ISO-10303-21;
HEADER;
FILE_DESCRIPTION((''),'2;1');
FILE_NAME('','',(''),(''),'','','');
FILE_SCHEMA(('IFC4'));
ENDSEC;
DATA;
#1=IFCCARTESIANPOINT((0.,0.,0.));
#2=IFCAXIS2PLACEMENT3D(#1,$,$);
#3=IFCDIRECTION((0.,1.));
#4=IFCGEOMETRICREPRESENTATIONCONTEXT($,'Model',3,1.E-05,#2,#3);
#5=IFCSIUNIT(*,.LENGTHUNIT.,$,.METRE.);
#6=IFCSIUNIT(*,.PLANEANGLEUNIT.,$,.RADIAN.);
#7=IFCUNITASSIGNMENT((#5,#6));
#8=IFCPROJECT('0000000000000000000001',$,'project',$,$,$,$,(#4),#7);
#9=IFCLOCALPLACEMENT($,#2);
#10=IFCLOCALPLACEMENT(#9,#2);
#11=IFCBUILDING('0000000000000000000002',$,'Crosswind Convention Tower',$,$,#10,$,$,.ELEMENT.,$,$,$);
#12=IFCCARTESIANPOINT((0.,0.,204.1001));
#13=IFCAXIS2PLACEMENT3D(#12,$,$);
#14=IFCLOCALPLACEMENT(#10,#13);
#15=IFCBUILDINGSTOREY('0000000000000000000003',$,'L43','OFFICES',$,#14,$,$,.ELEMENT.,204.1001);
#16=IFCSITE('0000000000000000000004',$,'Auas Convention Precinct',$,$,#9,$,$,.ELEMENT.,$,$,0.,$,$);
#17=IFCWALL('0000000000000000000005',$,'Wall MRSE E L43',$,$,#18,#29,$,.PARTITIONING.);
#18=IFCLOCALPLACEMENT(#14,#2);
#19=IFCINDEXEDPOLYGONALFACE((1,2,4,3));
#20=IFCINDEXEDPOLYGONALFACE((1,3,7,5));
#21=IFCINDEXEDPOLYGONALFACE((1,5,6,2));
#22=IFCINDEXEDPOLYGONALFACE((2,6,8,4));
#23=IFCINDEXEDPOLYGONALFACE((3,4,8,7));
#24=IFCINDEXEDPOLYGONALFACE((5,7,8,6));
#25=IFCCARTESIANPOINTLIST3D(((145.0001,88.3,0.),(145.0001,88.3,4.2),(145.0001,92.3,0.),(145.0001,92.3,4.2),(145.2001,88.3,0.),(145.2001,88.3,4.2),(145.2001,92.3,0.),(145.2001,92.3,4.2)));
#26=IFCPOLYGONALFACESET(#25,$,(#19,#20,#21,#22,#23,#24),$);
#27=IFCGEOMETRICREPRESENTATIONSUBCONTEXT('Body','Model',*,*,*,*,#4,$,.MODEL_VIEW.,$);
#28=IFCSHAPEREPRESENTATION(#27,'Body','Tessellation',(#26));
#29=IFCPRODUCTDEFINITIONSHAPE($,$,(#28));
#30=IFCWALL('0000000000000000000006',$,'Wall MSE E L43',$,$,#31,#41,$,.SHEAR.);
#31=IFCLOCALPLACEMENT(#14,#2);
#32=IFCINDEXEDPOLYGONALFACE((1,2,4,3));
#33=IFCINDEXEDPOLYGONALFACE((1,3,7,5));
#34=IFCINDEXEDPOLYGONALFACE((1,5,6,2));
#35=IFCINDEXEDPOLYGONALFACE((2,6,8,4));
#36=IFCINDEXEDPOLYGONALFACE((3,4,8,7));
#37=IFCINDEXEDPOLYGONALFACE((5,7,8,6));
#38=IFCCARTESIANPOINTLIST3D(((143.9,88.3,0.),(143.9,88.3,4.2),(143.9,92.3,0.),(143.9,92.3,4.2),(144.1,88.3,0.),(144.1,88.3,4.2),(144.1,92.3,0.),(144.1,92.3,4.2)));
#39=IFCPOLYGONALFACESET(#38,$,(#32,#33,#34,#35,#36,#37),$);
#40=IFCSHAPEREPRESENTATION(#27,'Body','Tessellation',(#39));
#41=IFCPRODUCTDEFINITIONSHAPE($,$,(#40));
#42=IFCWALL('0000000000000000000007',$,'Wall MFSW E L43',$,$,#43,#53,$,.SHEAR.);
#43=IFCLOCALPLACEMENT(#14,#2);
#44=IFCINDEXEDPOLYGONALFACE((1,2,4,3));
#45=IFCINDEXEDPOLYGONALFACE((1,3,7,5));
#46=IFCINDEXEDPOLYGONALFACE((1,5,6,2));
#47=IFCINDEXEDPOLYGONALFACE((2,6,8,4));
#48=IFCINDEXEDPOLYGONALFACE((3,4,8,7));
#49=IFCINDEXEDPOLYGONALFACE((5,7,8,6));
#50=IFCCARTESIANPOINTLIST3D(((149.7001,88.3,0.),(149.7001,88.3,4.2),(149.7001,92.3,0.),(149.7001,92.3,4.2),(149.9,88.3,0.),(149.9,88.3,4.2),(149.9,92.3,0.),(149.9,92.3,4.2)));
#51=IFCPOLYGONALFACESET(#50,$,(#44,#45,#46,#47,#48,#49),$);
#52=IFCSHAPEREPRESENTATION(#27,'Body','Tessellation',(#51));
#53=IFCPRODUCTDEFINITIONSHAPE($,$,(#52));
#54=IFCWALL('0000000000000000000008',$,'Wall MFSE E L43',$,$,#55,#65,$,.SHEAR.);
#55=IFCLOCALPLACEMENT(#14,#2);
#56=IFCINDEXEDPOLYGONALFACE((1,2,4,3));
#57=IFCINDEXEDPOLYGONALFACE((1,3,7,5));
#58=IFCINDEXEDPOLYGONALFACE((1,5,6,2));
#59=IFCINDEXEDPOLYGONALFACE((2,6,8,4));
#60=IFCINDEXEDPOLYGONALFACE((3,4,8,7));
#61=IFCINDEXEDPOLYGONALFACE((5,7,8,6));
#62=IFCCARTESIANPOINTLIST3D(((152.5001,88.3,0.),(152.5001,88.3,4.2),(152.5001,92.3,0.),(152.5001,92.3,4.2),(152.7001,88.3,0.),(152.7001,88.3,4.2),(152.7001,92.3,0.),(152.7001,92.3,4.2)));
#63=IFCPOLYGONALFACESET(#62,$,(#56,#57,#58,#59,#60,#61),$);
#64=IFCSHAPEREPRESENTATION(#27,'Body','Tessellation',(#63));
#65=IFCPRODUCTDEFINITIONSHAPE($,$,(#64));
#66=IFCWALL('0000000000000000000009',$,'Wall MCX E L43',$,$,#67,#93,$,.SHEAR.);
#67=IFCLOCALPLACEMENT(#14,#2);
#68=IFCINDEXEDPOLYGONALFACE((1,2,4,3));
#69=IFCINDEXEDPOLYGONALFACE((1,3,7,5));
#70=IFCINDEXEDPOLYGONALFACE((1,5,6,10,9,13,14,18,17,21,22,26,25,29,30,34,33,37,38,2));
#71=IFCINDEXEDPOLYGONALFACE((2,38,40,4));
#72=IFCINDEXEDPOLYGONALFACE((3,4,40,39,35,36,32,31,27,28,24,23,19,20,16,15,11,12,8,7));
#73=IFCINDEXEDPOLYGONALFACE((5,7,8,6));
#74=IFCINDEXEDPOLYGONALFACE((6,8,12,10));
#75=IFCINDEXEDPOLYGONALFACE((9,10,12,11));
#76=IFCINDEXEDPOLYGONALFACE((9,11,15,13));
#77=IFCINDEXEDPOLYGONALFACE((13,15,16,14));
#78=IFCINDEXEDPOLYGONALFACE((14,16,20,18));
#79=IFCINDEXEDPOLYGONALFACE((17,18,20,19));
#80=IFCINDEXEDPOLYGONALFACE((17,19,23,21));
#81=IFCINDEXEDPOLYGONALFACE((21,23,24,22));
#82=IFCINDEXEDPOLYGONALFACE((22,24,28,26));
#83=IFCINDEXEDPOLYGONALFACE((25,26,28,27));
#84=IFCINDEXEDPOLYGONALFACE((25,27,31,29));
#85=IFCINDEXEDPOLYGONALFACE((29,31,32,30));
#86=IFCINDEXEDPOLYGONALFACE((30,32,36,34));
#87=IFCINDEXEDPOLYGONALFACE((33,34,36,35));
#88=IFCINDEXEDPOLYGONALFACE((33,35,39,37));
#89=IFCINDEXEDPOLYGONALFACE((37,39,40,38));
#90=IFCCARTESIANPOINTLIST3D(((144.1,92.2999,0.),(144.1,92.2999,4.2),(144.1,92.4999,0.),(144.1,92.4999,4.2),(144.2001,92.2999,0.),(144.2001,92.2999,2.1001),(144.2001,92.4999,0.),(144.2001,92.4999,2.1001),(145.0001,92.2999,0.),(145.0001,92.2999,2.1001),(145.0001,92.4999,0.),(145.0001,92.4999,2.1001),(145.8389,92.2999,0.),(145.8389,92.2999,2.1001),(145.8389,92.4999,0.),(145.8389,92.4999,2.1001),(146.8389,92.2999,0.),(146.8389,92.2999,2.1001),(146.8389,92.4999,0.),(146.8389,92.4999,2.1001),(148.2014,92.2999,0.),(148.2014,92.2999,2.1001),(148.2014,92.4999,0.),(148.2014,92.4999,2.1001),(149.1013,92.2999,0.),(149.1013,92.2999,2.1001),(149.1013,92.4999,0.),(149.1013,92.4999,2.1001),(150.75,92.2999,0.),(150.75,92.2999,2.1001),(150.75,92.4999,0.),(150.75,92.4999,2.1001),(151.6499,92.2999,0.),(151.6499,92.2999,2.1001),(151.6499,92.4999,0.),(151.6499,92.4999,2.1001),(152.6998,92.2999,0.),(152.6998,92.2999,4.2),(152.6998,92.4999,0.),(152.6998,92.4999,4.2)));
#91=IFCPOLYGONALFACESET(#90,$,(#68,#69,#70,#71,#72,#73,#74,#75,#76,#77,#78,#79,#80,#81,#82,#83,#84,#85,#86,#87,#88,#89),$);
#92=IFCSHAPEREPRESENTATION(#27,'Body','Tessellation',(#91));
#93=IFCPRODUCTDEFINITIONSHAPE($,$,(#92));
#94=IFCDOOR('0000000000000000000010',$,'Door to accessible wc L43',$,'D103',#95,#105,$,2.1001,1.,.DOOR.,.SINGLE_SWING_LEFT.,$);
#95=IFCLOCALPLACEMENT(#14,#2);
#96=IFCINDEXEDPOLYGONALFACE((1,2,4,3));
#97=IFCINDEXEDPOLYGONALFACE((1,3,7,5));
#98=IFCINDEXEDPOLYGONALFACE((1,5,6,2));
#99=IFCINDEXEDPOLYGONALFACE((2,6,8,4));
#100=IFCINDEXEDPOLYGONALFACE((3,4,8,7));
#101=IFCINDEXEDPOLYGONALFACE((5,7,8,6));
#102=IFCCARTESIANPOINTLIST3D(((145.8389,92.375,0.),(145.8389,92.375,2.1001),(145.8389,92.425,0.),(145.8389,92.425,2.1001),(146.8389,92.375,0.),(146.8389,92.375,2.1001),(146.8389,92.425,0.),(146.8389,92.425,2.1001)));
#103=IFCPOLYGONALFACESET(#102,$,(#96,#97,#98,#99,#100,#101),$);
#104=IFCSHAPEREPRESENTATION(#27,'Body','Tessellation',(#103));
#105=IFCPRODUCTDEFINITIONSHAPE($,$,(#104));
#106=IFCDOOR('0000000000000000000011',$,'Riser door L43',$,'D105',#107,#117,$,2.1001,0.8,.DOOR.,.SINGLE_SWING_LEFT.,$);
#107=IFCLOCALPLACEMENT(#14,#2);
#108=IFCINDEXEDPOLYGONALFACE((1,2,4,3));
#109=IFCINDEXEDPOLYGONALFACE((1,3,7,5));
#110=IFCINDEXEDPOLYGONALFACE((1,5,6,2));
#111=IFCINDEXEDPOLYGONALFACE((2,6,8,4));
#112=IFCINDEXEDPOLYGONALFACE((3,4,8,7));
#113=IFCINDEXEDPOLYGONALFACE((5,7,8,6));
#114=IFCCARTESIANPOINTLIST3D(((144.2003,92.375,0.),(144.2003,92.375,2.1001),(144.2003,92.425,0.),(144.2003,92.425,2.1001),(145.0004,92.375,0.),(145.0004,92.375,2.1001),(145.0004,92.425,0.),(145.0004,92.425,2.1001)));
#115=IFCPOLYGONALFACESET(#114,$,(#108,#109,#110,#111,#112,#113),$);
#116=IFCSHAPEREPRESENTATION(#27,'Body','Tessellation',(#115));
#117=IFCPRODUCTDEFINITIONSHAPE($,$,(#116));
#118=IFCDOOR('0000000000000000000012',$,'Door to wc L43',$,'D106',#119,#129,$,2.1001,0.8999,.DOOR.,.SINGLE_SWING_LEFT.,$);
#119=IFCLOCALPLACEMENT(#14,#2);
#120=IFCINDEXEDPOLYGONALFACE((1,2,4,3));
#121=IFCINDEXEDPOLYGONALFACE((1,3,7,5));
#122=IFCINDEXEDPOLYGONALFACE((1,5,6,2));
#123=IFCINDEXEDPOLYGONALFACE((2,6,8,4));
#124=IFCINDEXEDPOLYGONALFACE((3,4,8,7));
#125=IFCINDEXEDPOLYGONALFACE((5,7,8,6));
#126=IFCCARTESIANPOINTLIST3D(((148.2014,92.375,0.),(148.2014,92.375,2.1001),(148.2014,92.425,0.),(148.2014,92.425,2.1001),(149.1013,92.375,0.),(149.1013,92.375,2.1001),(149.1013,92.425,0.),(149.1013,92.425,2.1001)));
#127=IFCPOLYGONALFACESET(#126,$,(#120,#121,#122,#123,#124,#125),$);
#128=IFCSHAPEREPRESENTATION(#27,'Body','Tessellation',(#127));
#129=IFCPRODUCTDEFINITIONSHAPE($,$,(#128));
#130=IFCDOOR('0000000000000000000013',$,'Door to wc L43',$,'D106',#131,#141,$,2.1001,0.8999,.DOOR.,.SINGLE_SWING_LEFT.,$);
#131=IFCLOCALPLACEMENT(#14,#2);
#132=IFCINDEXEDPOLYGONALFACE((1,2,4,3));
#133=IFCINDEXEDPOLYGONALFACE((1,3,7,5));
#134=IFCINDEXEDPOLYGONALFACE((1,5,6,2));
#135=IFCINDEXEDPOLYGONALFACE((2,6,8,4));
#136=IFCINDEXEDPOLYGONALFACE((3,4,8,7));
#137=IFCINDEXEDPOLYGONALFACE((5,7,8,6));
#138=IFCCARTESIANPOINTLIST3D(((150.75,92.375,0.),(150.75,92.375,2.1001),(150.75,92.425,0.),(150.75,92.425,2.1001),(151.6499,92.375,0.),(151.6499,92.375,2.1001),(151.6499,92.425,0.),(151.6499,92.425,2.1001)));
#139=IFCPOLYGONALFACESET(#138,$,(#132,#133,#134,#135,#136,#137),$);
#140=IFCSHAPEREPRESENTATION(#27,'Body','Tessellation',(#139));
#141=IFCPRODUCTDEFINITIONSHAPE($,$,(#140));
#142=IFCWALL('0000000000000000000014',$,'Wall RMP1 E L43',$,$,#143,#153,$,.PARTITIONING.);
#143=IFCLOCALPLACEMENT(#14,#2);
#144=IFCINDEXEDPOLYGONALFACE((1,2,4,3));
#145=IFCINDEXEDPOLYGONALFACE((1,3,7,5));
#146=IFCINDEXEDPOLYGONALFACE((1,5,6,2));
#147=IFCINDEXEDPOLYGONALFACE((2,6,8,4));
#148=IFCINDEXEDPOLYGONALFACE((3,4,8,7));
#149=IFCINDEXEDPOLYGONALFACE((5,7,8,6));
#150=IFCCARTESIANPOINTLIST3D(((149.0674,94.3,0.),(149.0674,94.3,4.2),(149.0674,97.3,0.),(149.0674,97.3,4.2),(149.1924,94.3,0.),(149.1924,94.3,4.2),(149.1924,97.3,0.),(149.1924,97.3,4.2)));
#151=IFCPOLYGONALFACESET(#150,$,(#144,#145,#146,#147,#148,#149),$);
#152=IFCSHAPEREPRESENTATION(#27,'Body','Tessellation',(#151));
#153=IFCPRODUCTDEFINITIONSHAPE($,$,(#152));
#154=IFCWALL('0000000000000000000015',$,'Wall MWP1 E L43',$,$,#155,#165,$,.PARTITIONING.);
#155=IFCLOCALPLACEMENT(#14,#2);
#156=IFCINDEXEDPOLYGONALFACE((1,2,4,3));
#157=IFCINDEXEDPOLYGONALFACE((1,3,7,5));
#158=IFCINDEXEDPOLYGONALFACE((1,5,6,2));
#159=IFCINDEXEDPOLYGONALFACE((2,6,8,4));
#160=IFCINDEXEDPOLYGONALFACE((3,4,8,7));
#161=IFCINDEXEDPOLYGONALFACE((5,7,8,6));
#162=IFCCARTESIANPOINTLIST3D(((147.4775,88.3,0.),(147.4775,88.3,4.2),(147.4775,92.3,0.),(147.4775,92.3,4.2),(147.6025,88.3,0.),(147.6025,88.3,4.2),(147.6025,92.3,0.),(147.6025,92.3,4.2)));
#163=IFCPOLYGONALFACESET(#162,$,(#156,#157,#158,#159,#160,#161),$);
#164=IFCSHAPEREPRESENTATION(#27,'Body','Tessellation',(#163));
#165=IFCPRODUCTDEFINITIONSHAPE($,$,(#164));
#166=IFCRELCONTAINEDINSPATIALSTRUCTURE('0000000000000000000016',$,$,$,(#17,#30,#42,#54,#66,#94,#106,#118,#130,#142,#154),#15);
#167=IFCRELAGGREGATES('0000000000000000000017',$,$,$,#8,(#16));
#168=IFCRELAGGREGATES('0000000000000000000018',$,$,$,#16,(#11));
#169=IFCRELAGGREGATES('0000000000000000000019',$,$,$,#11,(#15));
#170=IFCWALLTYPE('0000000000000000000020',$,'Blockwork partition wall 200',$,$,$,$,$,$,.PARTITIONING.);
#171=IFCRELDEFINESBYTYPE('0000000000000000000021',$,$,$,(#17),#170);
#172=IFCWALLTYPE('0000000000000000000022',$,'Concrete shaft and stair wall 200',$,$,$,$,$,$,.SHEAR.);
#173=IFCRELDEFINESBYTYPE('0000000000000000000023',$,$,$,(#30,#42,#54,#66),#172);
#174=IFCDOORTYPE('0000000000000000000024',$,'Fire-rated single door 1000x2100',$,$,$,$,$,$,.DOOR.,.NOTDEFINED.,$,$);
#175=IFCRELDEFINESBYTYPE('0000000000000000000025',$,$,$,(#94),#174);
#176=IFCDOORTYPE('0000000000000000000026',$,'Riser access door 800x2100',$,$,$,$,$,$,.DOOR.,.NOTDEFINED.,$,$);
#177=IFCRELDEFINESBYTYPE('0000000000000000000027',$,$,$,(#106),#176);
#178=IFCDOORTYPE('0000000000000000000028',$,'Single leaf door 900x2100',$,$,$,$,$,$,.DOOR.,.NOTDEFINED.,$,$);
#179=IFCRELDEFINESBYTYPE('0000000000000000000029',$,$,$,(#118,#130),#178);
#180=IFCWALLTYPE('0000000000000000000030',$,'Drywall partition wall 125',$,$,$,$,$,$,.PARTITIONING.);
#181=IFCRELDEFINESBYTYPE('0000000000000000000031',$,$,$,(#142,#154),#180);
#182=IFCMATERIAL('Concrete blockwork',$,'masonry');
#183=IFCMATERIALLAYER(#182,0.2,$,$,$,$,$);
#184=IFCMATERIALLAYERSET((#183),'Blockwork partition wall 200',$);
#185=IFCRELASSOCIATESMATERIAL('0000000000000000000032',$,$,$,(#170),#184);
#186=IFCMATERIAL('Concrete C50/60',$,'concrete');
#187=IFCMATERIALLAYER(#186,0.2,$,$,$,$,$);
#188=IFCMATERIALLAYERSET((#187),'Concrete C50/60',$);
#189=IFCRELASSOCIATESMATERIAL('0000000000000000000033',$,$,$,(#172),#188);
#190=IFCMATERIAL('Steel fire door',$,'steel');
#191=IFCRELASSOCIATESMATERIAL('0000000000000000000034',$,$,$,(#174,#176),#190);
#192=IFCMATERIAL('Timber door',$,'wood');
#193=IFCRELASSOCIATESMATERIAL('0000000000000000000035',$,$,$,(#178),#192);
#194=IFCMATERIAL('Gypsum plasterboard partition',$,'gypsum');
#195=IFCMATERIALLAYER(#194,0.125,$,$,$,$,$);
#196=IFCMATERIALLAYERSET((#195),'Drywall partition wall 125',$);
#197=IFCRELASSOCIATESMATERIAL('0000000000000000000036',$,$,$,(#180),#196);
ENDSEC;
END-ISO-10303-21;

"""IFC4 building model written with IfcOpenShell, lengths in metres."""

from ifc_helpers import new_model, si_unit, direction, frame, frame_2d, origin, place, context, subcontext, project, spatial, rectangle, extrude, material, layer, layer_set, type_object, element, fill, save


model = new_model("IFC4")

# Units and contexts
model_context = context("Model", 3, precision=1e-05, world=origin(), true_north=direction((0.0, 1.0)))
body_context = subcontext(model_context, "Body", "Model", "MODEL_VIEW")
ifc_project = project(units=[si_unit("LENGTHUNIT", "METRE"), si_unit("PLANEANGLEUNIT", "RADIAN")], contexts=[model_context])

# Site, building, storey
site_placement = place(None, origin())
site = spatial("IfcSite", under=ifc_project, at=site_placement, Name="Auas Convention Precinct", CompositionType="ELEMENT", RefElevation=0.0)
building_placement = place(site_placement, origin())
building = spatial("IfcBuilding", under=site, at=building_placement, Name="Crosswind Convention Tower", CompositionType="ELEMENT")
storey_placement = place(building_placement, frame((0.0, 0.0, 204.1001)))
storey = spatial("IfcBuildingStorey", under=building, at=storey_placement, Name="L43", Description="OFFICES", CompositionType="ELEMENT", Elevation=204.1001)

# Walls
ifc_material_1 = material(Name="Concrete blockwork", Category="masonry")
ifc_layer_1 = layer(ifc_material_1, 0.2)
ifc_layer_set_1 = layer_set([ifc_layer_1], Name="Blockwork partition wall 200")
wall_type_1 = type_object("IfcWallType", Name="Blockwork partition wall 200", PredefinedType="PARTITIONING", material=ifc_layer_set_1)
wall_1_placement = place(storey_placement, frame((145.1001, 88.3, 0.0), z_axis=(0.0, 0.0, 1.0), x_axis=(0.0, 1.0, 0.0)))
element("IfcWall", 1, at=wall_1_placement, inside=storey, type_object=wall_type_1, Name="Wall MRSE E L43", PredefinedType="PARTITIONING", context=body_context, shape_type="SweptSolid", body=[
    extrude(rectangle(XDim=4.0, YDim=0.2, at=frame_2d((2.0, 0.0))), origin(), (0.0, 0.0, 1.0), 4.2),
])
ifc_material_2 = material(Name="Concrete C50/60", Category="concrete")
ifc_layer_2 = layer(ifc_material_2, 0.2)
ifc_layer_set_2 = layer_set([ifc_layer_2], Name="Concrete C50/60")
wall_type_2 = type_object("IfcWallType", Name="Concrete shaft and stair wall 200", PredefinedType="SHEAR", material=ifc_layer_set_2)
for number, where, z_axis, x_axis, name in (
    (2, (144.0, 88.3, 0.0), (0.0, 0.0, 1.0), (0.0, 1.0, 0.0), "Wall MSE E L43"),
    (3, (149.8, 88.3, 0.0), (0.0, 0.0, 1.0), (0.0, 1.0, 0.0), "Wall MFSW E L43"),
    (4, (152.6001, 88.3, 0.0), (0.0, 0.0, 1.0), (0.0, 1.0, 0.0), "Wall MFSE E L43"),
):
    element("IfcWall", number, at=place(storey_placement, frame(where, z_axis=z_axis, x_axis=x_axis)), inside=storey, type_object=wall_type_2, Name=name, PredefinedType="SHEAR", context=body_context, shape_type="SweptSolid", body=[
        extrude(rectangle(XDim=4.0, YDim=0.2, at=frame_2d((2.0, 0.0))), origin(), (0.0, 0.0, 1.0), 4.2),
    ])

# Wall, openings, doors
wall_2_placement = place(storey_placement, frame((144.1001, 92.3999, 0.0), z_axis=(0.0, 0.0, 1.0), x_axis=(1.0, 0.0, 0.0)))
wall_2 = element("IfcWall", 5, at=wall_2_placement, inside=storey, type_object=wall_type_2, Name="Wall MCX E L43", PredefinedType="SHEAR", context=body_context, shape_type="SweptSolid", body=[
    extrude(rectangle(XDim=8.5999, YDim=0.2, at=frame_2d((4.2998, 0.0))), origin(), (0.0, 0.0, 1.0), 4.2),
])
opening_1_placement = place(wall_2_placement, frame((0.1001, 0.0, 0.0)))
opening_1 = element("IfcOpeningElement", 6, at=opening_1_placement, cuts=wall_2, PredefinedType="OPENING", context=body_context, shape_type="SweptSolid", body=[
    extrude(rectangle(XDim=0.8, YDim=2.1001, at=frame_2d((0.3999, 1.05))), frame((0.0, 0.1099, 0.0), z_axis=(0.0, -1.0, 0.0), x_axis=(1.0, 0.0, 0.0)), (0.0, 0.0, 1.0), 0.22),
])
opening_2_placement = place(wall_2_placement, frame((1.7388, 0.0, 0.0)))
opening_2 = element("IfcOpeningElement", 7, at=opening_2_placement, cuts=wall_2, PredefinedType="OPENING", context=body_context, shape_type="SweptSolid", body=[
    extrude(rectangle(XDim=1.0, YDim=2.1001, at=frame_2d((0.5, 1.05))), frame((0.0, 0.1099, 0.0), z_axis=(0.0, -1.0, 0.0), x_axis=(1.0, 0.0, 0.0)), (0.0, 0.0, 1.0), 0.22),
])
opening_3_placement = place(wall_2_placement, frame((4.1013, 0.0, 0.0)))
opening_3 = element("IfcOpeningElement", 8, at=opening_3_placement, cuts=wall_2, PredefinedType="OPENING", context=body_context, shape_type="SweptSolid", body=[
    extrude(rectangle(XDim=0.8999, YDim=2.1001, at=frame_2d((0.45, 1.05))), frame((0.0, 0.1099, 0.0), z_axis=(0.0, -1.0, 0.0), x_axis=(1.0, 0.0, 0.0)), (0.0, 0.0, 1.0), 0.22),
])
opening_4_placement = place(wall_2_placement, frame((6.6499, 0.0, 0.0)))
opening_4 = element("IfcOpeningElement", 9, at=opening_4_placement, cuts=wall_2, PredefinedType="OPENING", context=body_context, shape_type="SweptSolid", body=[
    extrude(rectangle(XDim=0.8999, YDim=2.1001, at=frame_2d((0.45, 1.05))), frame((0.0, 0.1099, 0.0), z_axis=(0.0, -1.0, 0.0), x_axis=(1.0, 0.0, 0.0)), (0.0, 0.0, 1.0), 0.22),
])
ifc_material_3 = material(Name="Steel fire door", Category="steel")
door_type_1 = type_object("IfcDoorType", Name="Fire-rated single door 1000x2100", OperationType="NOTDEFINED", PredefinedType="DOOR", material=ifc_material_3)
door_1_placement = place(opening_2_placement, frame((1.0, 0.0, 0.0), z_axis=(0.0, 0.0, 1.0), x_axis=(-1.0, 0.0, 0.0)))
door_1 = element("IfcDoor", 10, at=door_1_placement, inside=storey, type_object=door_type_1, Name="Door to accessible wc L43", ObjectType="D103", OperationType="SINGLE_SWING_LEFT", OverallHeight=2.1001, OverallWidth=1.0, PredefinedType="DOOR", context=body_context, shape_type="SweptSolid", body=[
    extrude(rectangle(XDim=1.0, YDim=2.1001, at=frame_2d((0.5, 1.05))), frame((0.0, 0.0249, 0.0), z_axis=(0.0, -1.0, 0.0), x_axis=(1.0, 0.0, 0.0)), (0.0, 0.0, 1.0), 0.05),
])
fill(opening_2, door_1)
door_type_2 = type_object("IfcDoorType", Name="Riser access door 800x2100", OperationType="NOTDEFINED", PredefinedType="DOOR", material=ifc_material_3)
door_2_placement = place(opening_1_placement, frame((0.8, 0.0, 0.0), z_axis=(0.0, 0.0, 1.0), x_axis=(-1.0, 0.0, 0.0)))
door_2 = element("IfcDoor", 11, at=door_2_placement, inside=storey, type_object=door_type_2, Name="Riser door L43", ObjectType="D105", OperationType="SINGLE_SWING_LEFT", OverallHeight=2.1001, OverallWidth=0.8, PredefinedType="DOOR", context=body_context, shape_type="SweptSolid", body=[
    extrude(rectangle(XDim=0.8, YDim=2.1001, at=frame_2d((0.3999, 1.05))), frame((0.0, 0.0249, 0.0), z_axis=(0.0, -1.0, 0.0), x_axis=(1.0, 0.0, 0.0)), (0.0, 0.0, 1.0), 0.05),
])
fill(opening_1, door_2)
ifc_material_4 = material(Name="Timber door", Category="wood")
door_type_3 = type_object("IfcDoorType", Name="Single leaf door 900x2100", OperationType="NOTDEFINED", PredefinedType="DOOR", material=ifc_material_4)
door_3_placement = place(opening_3_placement, frame((0.8999, 0.0, 0.0), z_axis=(0.0, 0.0, 1.0), x_axis=(-1.0, 0.0, 0.0)))
door_3 = element("IfcDoor", 12, at=door_3_placement, inside=storey, type_object=door_type_3, Name="Door to wc L43", ObjectType="D106", OperationType="SINGLE_SWING_LEFT", OverallHeight=2.1001, OverallWidth=0.8999, PredefinedType="DOOR", context=body_context, shape_type="SweptSolid", body=[
    extrude(rectangle(XDim=0.8999, YDim=2.1001, at=frame_2d((0.45, 1.05))), frame((0.0, 0.0249, 0.0), z_axis=(0.0, -1.0, 0.0), x_axis=(1.0, 0.0, 0.0)), (0.0, 0.0, 1.0), 0.05),
])
fill(opening_3, door_3)
door_4_placement = place(opening_4_placement, frame((0.8999, 0.0, 0.0), z_axis=(0.0, 0.0, 1.0), x_axis=(-1.0, 0.0, 0.0)))
door_4 = element("IfcDoor", 13, at=door_4_placement, inside=storey, type_object=door_type_3, Name="Door to wc L43", ObjectType="D106", OperationType="SINGLE_SWING_LEFT", OverallHeight=2.1001, OverallWidth=0.8999, PredefinedType="DOOR", context=body_context, shape_type="SweptSolid", body=[
    extrude(rectangle(XDim=0.8999, YDim=2.1001, at=frame_2d((0.45, 1.05))), frame((0.0, 0.0249, 0.0), z_axis=(0.0, -1.0, 0.0), x_axis=(1.0, 0.0, 0.0)), (0.0, 0.0, 1.0), 0.05),
])
fill(opening_4, door_4)

# Walls
ifc_material_5 = material(Name="Gypsum plasterboard partition", Category="gypsum")
ifc_layer_3 = layer(ifc_material_5, 0.125)
ifc_layer_set_3 = layer_set([ifc_layer_3], Name="Drywall partition wall 125")
wall_type_3 = type_object("IfcWallType", Name="Drywall partition wall 125", PredefinedType="PARTITIONING", material=ifc_layer_set_3)
wall_3_placement = place(storey_placement, frame((149.1299, 94.3, 0.0), z_axis=(0.0, 0.0, 1.0), x_axis=(0.0, 1.0, 0.0)))
element("IfcWall", 14, at=wall_3_placement, inside=storey, type_object=wall_type_3, Name="Wall RMP1 E L43", PredefinedType="PARTITIONING", context=body_context, shape_type="SweptSolid", body=[
    extrude(rectangle(XDim=3.0, YDim=0.125, at=frame_2d((1.5, 0.0))), origin(), (0.0, 0.0, 1.0), 4.2),
])
wall_4_placement = place(storey_placement, frame((147.54, 88.3, 0.0), z_axis=(0.0, 0.0, 1.0), x_axis=(0.0, 1.0, 0.0)))
element("IfcWall", 15, at=wall_4_placement, inside=storey, type_object=wall_type_3, Name="Wall MWP1 E L43", PredefinedType="PARTITIONING", context=body_context, shape_type="SweptSolid", body=[
    extrude(rectangle(XDim=4.0, YDim=0.125, at=frame_2d((2.0, 0.0))), origin(), (0.0, 0.0, 1.0), 4.2),
])

save(model, "model.ifc")
